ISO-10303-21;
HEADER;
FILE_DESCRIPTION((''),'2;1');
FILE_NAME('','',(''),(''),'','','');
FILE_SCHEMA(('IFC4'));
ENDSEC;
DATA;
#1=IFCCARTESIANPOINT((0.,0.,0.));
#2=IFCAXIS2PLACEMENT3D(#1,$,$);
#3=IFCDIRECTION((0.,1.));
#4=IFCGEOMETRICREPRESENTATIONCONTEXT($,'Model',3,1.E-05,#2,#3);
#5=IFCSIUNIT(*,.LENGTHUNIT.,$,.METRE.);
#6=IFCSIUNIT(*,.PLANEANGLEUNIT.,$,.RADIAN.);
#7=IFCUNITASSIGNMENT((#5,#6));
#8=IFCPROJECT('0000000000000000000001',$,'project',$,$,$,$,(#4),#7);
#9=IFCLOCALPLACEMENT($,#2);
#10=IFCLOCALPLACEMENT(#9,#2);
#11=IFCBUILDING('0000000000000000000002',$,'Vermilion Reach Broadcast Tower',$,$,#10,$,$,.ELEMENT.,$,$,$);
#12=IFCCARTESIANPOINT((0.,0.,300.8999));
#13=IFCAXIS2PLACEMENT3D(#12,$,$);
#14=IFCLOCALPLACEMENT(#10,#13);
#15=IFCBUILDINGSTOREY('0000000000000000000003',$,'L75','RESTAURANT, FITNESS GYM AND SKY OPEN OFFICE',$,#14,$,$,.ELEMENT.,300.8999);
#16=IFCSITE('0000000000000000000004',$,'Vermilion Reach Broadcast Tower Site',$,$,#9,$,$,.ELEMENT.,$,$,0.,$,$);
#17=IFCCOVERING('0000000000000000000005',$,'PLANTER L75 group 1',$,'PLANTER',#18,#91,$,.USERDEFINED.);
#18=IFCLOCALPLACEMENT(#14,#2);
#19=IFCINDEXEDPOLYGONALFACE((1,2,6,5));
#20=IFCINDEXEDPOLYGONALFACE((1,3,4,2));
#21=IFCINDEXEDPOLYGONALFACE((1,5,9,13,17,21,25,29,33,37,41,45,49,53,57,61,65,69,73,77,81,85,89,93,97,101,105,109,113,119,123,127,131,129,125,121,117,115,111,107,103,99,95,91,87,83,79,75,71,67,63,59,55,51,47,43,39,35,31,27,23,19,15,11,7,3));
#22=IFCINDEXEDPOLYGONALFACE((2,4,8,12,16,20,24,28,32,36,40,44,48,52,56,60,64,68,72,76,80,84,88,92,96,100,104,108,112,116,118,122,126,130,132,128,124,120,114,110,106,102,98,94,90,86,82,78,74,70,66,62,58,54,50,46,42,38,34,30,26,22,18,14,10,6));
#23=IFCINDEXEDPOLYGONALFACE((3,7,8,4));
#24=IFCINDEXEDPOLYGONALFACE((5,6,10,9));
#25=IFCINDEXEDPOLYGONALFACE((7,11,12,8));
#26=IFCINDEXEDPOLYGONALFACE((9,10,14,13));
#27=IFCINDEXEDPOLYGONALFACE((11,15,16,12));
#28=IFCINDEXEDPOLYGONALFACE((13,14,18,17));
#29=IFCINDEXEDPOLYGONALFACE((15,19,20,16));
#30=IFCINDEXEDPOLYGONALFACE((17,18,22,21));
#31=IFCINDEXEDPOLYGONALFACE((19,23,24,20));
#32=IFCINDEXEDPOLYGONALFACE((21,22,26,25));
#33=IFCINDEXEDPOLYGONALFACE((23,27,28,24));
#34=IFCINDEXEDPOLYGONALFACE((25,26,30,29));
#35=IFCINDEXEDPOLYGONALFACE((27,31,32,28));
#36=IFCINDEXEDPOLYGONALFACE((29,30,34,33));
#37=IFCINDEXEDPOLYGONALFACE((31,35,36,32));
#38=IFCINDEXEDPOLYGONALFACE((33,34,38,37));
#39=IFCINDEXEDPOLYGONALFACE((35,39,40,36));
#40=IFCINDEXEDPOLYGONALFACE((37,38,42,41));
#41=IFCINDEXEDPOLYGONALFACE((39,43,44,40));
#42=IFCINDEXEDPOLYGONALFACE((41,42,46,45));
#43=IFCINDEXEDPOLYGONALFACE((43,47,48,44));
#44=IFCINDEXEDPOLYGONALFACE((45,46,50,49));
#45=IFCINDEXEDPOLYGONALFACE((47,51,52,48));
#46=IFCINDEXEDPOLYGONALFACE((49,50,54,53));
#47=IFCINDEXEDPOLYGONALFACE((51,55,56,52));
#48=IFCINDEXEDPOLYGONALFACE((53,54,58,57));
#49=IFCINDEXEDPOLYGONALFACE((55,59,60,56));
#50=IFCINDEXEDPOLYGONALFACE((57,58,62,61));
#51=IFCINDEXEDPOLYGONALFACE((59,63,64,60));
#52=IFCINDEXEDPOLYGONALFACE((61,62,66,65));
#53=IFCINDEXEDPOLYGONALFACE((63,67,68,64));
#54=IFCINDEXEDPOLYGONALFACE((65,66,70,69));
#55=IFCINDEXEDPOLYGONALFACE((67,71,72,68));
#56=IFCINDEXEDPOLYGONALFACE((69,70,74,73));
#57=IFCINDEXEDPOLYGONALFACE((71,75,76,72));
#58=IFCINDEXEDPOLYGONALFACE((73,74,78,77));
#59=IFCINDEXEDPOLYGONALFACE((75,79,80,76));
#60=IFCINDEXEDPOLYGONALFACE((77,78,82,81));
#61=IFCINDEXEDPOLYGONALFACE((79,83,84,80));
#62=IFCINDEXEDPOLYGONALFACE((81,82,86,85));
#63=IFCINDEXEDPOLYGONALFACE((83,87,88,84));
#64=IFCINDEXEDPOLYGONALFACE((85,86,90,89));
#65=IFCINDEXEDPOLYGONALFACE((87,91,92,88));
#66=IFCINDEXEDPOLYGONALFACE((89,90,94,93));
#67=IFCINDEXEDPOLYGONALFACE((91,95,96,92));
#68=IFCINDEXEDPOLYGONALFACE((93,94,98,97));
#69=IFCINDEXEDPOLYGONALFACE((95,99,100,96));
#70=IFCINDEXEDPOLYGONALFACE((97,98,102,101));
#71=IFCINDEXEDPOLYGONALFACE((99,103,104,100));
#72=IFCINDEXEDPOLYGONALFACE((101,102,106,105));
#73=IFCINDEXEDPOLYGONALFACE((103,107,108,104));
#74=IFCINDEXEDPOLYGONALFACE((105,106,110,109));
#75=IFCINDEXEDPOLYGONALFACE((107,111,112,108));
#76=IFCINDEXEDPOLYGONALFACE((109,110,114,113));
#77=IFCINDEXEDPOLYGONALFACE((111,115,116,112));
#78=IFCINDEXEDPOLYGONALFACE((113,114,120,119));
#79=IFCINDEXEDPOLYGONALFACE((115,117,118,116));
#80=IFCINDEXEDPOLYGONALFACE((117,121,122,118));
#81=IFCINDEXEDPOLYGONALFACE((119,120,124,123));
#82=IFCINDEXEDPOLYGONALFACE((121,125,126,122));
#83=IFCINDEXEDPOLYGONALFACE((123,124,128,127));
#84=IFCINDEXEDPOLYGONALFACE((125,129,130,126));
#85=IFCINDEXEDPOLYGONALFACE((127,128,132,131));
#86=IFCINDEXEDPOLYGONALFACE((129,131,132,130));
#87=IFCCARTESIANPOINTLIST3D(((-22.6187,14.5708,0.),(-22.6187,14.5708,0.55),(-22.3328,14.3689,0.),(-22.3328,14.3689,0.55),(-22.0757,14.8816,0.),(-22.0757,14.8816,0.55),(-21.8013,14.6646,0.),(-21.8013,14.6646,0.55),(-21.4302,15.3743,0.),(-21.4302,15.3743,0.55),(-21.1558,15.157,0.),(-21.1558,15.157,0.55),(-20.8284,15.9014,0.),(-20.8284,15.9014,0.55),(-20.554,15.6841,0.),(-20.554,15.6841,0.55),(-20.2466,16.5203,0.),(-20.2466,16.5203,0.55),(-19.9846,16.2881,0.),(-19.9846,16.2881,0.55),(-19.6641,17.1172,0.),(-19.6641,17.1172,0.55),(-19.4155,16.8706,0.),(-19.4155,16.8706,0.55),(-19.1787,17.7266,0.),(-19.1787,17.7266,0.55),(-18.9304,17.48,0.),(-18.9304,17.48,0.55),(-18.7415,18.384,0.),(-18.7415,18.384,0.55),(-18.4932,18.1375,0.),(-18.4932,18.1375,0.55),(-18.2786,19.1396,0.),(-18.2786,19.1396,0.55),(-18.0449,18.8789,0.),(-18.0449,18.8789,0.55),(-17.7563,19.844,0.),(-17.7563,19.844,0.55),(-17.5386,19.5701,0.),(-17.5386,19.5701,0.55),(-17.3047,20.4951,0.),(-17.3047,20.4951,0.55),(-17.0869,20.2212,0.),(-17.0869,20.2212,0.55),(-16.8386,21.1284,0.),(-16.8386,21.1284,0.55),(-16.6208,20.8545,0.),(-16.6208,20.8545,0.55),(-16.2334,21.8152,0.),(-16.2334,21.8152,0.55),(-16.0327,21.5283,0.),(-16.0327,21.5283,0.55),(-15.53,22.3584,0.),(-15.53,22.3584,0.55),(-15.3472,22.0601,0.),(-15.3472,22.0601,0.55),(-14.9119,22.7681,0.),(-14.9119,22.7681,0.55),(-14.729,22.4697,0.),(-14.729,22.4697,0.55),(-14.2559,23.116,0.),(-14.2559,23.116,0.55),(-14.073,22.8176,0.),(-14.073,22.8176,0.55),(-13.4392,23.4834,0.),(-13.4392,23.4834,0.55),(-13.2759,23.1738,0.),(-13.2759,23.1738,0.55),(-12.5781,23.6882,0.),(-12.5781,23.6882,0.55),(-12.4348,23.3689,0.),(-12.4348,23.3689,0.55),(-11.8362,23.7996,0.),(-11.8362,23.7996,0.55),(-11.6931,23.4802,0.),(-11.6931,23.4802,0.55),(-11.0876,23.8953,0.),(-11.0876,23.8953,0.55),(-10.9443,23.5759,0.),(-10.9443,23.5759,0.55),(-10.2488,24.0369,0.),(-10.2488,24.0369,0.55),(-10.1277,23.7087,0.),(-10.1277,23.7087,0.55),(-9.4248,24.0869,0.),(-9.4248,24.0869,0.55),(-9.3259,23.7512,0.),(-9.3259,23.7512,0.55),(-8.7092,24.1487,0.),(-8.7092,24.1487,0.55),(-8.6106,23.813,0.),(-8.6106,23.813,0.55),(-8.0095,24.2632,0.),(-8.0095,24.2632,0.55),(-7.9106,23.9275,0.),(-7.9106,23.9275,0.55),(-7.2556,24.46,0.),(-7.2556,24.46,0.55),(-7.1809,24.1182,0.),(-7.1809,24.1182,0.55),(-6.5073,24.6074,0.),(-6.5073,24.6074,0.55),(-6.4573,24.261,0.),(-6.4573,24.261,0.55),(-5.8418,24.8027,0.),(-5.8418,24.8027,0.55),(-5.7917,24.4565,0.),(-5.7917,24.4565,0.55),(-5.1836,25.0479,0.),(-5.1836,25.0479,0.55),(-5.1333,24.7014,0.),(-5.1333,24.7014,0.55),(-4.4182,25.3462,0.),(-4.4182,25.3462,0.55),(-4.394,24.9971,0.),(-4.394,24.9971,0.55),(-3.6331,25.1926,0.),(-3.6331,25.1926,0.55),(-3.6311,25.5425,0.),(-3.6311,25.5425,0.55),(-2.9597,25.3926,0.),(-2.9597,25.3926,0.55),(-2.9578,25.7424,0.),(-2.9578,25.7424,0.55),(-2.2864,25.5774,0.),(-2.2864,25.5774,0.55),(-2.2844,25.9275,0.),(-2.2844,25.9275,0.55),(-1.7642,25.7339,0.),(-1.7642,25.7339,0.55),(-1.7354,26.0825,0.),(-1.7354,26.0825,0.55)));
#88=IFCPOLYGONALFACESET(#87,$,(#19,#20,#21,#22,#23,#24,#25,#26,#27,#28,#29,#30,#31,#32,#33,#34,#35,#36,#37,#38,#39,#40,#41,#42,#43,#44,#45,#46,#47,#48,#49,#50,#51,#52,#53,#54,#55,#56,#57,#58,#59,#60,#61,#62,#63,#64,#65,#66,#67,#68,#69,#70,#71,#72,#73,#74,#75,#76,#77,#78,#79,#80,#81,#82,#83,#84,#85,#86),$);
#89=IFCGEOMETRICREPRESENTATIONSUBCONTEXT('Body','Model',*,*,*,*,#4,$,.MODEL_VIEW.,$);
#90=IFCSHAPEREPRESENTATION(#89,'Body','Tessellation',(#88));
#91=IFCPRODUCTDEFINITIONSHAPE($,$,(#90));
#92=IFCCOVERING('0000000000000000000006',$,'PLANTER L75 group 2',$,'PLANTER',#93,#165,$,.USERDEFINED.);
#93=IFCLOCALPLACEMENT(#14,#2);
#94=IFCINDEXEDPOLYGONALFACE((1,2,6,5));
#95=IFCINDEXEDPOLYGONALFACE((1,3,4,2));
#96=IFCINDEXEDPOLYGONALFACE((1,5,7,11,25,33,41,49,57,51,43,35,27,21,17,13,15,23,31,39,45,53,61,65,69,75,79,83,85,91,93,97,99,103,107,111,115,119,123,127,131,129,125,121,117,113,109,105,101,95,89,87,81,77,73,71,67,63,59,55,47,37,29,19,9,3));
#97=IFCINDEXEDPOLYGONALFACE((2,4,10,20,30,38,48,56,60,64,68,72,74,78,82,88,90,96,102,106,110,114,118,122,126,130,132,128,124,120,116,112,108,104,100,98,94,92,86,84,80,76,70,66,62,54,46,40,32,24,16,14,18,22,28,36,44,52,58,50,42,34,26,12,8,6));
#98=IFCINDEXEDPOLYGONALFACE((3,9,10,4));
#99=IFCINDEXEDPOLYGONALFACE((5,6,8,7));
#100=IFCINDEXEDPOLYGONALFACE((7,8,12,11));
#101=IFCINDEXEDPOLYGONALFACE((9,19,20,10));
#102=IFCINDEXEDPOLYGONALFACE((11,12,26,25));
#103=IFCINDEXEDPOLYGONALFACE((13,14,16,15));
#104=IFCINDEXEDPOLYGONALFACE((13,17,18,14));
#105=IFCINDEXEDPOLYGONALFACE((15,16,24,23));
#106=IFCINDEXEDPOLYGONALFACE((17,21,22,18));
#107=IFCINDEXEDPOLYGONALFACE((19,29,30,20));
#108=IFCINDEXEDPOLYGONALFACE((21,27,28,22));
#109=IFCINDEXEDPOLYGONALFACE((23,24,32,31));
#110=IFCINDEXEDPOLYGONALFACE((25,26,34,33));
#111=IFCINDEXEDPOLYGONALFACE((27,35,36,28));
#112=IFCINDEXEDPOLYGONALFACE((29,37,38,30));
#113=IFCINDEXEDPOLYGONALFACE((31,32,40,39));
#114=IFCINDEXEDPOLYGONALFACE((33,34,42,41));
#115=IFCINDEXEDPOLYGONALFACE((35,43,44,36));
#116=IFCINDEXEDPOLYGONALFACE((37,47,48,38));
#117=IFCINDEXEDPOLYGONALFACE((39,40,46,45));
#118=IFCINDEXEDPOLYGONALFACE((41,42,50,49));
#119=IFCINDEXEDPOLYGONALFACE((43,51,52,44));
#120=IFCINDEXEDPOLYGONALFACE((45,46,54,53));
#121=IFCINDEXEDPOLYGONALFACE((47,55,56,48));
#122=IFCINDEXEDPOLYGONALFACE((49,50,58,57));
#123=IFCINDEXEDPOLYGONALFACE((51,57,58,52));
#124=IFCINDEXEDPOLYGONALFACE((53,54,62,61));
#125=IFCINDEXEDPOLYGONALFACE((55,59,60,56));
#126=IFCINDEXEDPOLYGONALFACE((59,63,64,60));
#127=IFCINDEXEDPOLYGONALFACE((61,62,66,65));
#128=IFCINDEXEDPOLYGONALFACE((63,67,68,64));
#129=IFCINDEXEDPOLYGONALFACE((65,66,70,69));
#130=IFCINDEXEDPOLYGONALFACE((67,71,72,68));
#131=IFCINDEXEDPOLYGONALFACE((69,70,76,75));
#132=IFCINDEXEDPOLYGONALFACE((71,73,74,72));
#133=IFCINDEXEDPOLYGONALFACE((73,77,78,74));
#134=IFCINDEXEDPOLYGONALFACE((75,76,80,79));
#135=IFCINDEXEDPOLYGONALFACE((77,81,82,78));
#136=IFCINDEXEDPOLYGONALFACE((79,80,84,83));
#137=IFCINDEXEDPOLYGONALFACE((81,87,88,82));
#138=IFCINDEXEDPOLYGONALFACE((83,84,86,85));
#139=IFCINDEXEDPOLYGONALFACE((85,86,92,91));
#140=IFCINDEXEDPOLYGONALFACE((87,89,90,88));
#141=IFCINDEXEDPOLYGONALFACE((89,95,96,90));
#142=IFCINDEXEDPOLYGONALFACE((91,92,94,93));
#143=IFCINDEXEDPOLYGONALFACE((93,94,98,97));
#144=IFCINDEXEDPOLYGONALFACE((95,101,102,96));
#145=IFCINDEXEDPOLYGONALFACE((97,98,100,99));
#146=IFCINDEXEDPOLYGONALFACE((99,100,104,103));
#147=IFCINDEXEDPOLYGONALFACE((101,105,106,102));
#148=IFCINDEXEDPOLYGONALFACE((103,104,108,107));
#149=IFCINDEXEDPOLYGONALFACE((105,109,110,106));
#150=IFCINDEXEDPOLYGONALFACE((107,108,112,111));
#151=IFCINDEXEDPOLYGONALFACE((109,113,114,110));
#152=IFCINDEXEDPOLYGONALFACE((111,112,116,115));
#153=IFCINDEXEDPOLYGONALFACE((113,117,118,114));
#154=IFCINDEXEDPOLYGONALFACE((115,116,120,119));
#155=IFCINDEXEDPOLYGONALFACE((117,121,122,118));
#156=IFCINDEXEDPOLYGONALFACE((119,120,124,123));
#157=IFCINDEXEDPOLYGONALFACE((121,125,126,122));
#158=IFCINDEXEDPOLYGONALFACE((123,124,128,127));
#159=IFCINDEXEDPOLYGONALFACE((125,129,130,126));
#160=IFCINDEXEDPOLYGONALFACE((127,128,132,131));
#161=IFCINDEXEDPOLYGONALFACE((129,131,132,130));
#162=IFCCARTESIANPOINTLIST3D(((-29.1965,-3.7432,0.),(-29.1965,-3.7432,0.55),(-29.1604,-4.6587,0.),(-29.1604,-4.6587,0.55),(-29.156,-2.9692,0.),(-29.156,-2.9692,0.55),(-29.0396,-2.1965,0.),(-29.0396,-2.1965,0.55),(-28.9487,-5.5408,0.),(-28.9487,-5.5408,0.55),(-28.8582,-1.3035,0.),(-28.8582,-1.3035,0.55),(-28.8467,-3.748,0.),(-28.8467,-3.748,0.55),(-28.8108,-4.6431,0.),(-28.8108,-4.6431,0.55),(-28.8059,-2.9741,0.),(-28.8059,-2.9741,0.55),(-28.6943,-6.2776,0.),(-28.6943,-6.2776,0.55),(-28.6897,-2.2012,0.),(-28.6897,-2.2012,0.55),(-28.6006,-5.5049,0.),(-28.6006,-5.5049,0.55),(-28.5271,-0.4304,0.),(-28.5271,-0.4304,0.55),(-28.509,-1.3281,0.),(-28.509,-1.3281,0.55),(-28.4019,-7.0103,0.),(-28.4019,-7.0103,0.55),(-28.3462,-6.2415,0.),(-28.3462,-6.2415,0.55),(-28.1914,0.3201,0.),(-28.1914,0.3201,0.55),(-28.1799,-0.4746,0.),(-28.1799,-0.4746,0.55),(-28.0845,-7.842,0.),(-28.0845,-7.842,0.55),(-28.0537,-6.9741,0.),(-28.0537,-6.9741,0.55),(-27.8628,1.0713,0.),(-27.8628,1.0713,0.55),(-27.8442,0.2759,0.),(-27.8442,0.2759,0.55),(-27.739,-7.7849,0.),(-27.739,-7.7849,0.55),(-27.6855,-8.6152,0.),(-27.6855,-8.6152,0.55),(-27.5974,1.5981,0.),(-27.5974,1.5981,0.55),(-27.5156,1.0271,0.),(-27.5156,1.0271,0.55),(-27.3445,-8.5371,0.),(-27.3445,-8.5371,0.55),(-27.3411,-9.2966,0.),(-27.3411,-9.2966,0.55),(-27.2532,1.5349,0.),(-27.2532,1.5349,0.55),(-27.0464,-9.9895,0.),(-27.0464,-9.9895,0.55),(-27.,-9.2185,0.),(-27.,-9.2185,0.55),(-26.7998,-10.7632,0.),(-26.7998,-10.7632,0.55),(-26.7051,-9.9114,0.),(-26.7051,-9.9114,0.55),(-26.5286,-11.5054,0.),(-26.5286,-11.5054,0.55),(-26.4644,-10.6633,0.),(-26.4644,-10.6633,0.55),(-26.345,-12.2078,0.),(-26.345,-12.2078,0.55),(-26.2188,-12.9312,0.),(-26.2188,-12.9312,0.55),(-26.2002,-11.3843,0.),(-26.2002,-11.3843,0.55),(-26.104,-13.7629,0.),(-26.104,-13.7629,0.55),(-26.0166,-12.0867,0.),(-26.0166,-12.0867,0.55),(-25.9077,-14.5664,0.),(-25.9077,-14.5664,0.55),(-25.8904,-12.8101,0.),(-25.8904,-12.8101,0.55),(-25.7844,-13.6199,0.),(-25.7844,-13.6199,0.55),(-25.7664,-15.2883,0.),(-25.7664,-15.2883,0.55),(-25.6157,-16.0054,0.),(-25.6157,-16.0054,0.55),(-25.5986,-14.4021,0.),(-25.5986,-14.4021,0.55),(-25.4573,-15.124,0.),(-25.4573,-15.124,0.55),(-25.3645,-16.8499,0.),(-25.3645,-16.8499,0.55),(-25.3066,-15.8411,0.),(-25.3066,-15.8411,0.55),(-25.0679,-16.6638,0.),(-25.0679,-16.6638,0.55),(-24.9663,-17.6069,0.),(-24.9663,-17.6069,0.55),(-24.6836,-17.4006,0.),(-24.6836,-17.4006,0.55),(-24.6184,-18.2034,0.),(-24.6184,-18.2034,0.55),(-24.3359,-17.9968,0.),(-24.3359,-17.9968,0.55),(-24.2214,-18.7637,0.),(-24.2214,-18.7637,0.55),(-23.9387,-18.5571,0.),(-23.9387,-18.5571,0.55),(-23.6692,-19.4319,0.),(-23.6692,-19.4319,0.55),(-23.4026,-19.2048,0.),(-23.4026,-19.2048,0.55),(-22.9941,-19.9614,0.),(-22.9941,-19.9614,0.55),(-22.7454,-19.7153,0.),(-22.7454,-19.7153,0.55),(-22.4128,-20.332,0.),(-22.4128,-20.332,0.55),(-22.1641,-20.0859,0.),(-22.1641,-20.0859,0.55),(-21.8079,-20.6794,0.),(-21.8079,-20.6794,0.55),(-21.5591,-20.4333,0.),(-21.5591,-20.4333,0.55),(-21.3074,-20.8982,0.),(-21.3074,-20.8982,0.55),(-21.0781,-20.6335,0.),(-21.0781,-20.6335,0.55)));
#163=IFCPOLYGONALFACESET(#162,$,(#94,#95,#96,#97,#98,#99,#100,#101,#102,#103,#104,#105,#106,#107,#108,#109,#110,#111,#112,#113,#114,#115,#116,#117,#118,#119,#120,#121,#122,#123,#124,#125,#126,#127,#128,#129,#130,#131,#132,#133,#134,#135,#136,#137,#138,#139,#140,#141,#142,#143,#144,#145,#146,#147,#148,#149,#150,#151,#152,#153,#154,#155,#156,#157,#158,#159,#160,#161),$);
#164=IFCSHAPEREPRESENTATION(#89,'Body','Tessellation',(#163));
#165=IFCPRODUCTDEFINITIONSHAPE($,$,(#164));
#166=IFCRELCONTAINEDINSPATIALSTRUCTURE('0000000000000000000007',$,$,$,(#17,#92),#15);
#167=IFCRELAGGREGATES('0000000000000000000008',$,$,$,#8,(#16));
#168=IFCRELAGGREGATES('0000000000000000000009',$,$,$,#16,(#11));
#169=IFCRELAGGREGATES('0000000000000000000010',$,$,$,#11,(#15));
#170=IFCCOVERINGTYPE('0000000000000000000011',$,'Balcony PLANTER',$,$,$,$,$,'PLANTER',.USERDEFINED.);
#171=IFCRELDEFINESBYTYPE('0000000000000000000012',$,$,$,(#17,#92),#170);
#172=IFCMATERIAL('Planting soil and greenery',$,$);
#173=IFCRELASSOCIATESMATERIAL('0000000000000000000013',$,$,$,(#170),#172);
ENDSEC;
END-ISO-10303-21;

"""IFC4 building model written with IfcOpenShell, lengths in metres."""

from ifc_helpers import new_model, si_unit, direction, frame, origin, place, context, subcontext, project, spatial, polyline, outline, extrude, material, type_object, element, save


model = new_model("IFC4")

# Units and contexts
model_context = context("Model", 3, precision=1e-05, world=origin(), true_north=direction((0.0, 1.0)))
body_context = subcontext(model_context, "Body", "Model", "MODEL_VIEW")
ifc_project = project(units=[si_unit("LENGTHUNIT", "METRE"), si_unit("PLANEANGLEUNIT", "RADIAN")], contexts=[model_context])

# Site, building, storey
site_placement = place(None, origin())
site = spatial("IfcSite", under=ifc_project, at=site_placement, Name="Vermilion Reach Broadcast Tower Site", CompositionType="ELEMENT", RefElevation=0.0)
building_placement = place(site_placement, origin())
building = spatial("IfcBuilding", under=site, at=building_placement, Name="Vermilion Reach Broadcast Tower", CompositionType="ELEMENT")
storey_placement = place(building_placement, frame((0.0, 0.0, 300.8999)))
storey = spatial("IfcBuildingStorey", under=building, at=storey_placement, Name="L75", Description="RESTAURANT, FITNESS GYM AND SKY OPEN OFFICE", CompositionType="ELEMENT", Elevation=300.8999)

# Shared definitions
placement_1 = place(storey_placement, origin())

# Coverings
ifc_material_1 = material(Name="Planting soil and greenery")
covering_type = type_object("IfcCoveringType", Name="Balcony PLANTER", ElementType="PLANTER", PredefinedType="USERDEFINED", material=ifc_material_1)
element("IfcCovering", 1, at=placement_1, inside=storey, type_object=covering_type, Name="PLANTER L75 group 1", ObjectType="PLANTER", PredefinedType="USERDEFINED", context=body_context, shape_type="SweptSolid", body=[
    extrude(outline(polyline([(-1.7354, 26.0825), (-2.2844, 25.9275), (-2.9578, 25.7424), (-3.6311, 25.5425), (-4.4182, 25.3462), (-5.1836, 25.0479), (-5.8418, 24.8027), (-6.5073, 24.6074), (-7.2556, 24.46), (-8.0095, 24.2632), (-8.7092, 24.1487), (-9.4248, 24.0869), (-10.2488, 24.0369), (-11.0876, 23.8953), (-11.8362, 23.7996), (-12.5781, 23.6882), (-13.4392, 23.4834), (-14.2559, 23.116), (-14.9119, 22.7681), (-15.53, 22.3584), (-16.2334, 21.8152), (-16.8386, 21.1284), (-17.3047, 20.4951), (-17.7563, 19.844), (-18.2786, 19.1396), (-18.7415, 18.384), (-19.1787, 17.7266), (-19.6641, 17.1172), (-20.2466, 16.5203), (-20.8284, 15.9014), (-21.4302, 15.3743), (-22.0757, 14.8816), (-22.6187, 14.5708), (-22.3328, 14.3689), (-21.8013, 14.6646), (-21.1558, 15.157), (-20.554, 15.6841), (-19.9846, 16.2881), (-19.4155, 16.8706), (-18.9304, 17.48), (-18.4932, 18.1375), (-18.0449, 18.8789), (-17.5386, 19.5701), (-17.0869, 20.2212), (-16.6208, 20.8545), (-16.0327, 21.5283), (-15.3472, 22.0601), (-14.729, 22.4697), (-14.073, 22.8176), (-13.2759, 23.1738), (-12.4348, 23.3689), (-11.6931, 23.4802), (-10.9443, 23.5759), (-10.1277, 23.7087), (-9.3259, 23.7512), (-8.6106, 23.813), (-7.9106, 23.9275), (-7.1809, 24.1182), (-6.4573, 24.261), (-5.7917, 24.4565), (-5.1333, 24.7014), (-4.394, 24.9971), (-3.6331, 25.1926), (-2.9597, 25.3926), (-2.2864, 25.5774), (-1.7642, 25.7339), (-1.7354, 26.0825)])), origin(), (0.0, 0.0, 1.0), 0.55),
])
element("IfcCovering", 2, at=placement_1, inside=storey, type_object=covering_type, Name="PLANTER L75 group 2", ObjectType="PLANTER", PredefinedType="USERDEFINED", context=body_context, shape_type="SweptSolid", body=[
    extrude(outline(polyline([(-27.5974, 1.5981), (-27.8628, 1.0713), (-28.1914, 0.3201), (-28.5271, -0.4304), (-28.8582, -1.3035), (-29.0396, -2.1965), (-29.156, -2.9692), (-29.1965, -3.7432), (-29.1604, -4.6587), (-28.9487, -5.5408), (-28.6943, -6.2776), (-28.4019, -7.0103), (-28.0845, -7.842), (-27.6855, -8.6152), (-27.3411, -9.2966), (-27.0464, -9.9895), (-26.7998, -10.7632), (-26.5286, -11.5054), (-26.345, -12.2078), (-26.2188, -12.9312), (-26.104, -13.7629), (-25.9077, -14.5664), (-25.7664, -15.2883), (-25.6157, -16.0054), (-25.3645, -16.8499), (-24.9663, -17.6069), (-24.6184, -18.2034), (-24.2214, -18.7637), (-23.6692, -19.4319), (-22.9941, -19.9614), (-22.4128, -20.332), (-21.8079, -20.6794), (-21.3074, -20.8982), (-21.0781, -20.6335), (-21.5591, -20.4333), (-22.1641, -20.0859), (-22.7454, -19.7153), (-23.4026, -19.2048), (-23.9387, -18.5571), (-24.3359, -17.9968), (-24.6836, -17.4006), (-25.0679, -16.6638), (-25.3066, -15.8411), (-25.4573, -15.124), (-25.5986, -14.4021), (-25.7844, -13.6199), (-25.8904, -12.8101), (-26.0166, -12.0867), (-26.2002, -11.3843), (-26.4644, -10.6633), (-26.7051, -9.9114), (-27.0, -9.2185), (-27.3445, -8.5371), (-27.739, -7.7849), (-28.0537, -6.9741), (-28.3462, -6.2415), (-28.6006, -5.5049), (-28.8108, -4.6431), (-28.8467, -3.748), (-28.8059, -2.9741), (-28.6897, -2.2012), (-28.509, -1.3281), (-28.1799, -0.4746), (-27.8442, 0.2759), (-27.5156, 1.0271), (-27.2532, 1.5349), (-27.5974, 1.5981)])), origin(), (0.0, 0.0, 1.0), 0.55),
])

save(model, "model.ifc")
